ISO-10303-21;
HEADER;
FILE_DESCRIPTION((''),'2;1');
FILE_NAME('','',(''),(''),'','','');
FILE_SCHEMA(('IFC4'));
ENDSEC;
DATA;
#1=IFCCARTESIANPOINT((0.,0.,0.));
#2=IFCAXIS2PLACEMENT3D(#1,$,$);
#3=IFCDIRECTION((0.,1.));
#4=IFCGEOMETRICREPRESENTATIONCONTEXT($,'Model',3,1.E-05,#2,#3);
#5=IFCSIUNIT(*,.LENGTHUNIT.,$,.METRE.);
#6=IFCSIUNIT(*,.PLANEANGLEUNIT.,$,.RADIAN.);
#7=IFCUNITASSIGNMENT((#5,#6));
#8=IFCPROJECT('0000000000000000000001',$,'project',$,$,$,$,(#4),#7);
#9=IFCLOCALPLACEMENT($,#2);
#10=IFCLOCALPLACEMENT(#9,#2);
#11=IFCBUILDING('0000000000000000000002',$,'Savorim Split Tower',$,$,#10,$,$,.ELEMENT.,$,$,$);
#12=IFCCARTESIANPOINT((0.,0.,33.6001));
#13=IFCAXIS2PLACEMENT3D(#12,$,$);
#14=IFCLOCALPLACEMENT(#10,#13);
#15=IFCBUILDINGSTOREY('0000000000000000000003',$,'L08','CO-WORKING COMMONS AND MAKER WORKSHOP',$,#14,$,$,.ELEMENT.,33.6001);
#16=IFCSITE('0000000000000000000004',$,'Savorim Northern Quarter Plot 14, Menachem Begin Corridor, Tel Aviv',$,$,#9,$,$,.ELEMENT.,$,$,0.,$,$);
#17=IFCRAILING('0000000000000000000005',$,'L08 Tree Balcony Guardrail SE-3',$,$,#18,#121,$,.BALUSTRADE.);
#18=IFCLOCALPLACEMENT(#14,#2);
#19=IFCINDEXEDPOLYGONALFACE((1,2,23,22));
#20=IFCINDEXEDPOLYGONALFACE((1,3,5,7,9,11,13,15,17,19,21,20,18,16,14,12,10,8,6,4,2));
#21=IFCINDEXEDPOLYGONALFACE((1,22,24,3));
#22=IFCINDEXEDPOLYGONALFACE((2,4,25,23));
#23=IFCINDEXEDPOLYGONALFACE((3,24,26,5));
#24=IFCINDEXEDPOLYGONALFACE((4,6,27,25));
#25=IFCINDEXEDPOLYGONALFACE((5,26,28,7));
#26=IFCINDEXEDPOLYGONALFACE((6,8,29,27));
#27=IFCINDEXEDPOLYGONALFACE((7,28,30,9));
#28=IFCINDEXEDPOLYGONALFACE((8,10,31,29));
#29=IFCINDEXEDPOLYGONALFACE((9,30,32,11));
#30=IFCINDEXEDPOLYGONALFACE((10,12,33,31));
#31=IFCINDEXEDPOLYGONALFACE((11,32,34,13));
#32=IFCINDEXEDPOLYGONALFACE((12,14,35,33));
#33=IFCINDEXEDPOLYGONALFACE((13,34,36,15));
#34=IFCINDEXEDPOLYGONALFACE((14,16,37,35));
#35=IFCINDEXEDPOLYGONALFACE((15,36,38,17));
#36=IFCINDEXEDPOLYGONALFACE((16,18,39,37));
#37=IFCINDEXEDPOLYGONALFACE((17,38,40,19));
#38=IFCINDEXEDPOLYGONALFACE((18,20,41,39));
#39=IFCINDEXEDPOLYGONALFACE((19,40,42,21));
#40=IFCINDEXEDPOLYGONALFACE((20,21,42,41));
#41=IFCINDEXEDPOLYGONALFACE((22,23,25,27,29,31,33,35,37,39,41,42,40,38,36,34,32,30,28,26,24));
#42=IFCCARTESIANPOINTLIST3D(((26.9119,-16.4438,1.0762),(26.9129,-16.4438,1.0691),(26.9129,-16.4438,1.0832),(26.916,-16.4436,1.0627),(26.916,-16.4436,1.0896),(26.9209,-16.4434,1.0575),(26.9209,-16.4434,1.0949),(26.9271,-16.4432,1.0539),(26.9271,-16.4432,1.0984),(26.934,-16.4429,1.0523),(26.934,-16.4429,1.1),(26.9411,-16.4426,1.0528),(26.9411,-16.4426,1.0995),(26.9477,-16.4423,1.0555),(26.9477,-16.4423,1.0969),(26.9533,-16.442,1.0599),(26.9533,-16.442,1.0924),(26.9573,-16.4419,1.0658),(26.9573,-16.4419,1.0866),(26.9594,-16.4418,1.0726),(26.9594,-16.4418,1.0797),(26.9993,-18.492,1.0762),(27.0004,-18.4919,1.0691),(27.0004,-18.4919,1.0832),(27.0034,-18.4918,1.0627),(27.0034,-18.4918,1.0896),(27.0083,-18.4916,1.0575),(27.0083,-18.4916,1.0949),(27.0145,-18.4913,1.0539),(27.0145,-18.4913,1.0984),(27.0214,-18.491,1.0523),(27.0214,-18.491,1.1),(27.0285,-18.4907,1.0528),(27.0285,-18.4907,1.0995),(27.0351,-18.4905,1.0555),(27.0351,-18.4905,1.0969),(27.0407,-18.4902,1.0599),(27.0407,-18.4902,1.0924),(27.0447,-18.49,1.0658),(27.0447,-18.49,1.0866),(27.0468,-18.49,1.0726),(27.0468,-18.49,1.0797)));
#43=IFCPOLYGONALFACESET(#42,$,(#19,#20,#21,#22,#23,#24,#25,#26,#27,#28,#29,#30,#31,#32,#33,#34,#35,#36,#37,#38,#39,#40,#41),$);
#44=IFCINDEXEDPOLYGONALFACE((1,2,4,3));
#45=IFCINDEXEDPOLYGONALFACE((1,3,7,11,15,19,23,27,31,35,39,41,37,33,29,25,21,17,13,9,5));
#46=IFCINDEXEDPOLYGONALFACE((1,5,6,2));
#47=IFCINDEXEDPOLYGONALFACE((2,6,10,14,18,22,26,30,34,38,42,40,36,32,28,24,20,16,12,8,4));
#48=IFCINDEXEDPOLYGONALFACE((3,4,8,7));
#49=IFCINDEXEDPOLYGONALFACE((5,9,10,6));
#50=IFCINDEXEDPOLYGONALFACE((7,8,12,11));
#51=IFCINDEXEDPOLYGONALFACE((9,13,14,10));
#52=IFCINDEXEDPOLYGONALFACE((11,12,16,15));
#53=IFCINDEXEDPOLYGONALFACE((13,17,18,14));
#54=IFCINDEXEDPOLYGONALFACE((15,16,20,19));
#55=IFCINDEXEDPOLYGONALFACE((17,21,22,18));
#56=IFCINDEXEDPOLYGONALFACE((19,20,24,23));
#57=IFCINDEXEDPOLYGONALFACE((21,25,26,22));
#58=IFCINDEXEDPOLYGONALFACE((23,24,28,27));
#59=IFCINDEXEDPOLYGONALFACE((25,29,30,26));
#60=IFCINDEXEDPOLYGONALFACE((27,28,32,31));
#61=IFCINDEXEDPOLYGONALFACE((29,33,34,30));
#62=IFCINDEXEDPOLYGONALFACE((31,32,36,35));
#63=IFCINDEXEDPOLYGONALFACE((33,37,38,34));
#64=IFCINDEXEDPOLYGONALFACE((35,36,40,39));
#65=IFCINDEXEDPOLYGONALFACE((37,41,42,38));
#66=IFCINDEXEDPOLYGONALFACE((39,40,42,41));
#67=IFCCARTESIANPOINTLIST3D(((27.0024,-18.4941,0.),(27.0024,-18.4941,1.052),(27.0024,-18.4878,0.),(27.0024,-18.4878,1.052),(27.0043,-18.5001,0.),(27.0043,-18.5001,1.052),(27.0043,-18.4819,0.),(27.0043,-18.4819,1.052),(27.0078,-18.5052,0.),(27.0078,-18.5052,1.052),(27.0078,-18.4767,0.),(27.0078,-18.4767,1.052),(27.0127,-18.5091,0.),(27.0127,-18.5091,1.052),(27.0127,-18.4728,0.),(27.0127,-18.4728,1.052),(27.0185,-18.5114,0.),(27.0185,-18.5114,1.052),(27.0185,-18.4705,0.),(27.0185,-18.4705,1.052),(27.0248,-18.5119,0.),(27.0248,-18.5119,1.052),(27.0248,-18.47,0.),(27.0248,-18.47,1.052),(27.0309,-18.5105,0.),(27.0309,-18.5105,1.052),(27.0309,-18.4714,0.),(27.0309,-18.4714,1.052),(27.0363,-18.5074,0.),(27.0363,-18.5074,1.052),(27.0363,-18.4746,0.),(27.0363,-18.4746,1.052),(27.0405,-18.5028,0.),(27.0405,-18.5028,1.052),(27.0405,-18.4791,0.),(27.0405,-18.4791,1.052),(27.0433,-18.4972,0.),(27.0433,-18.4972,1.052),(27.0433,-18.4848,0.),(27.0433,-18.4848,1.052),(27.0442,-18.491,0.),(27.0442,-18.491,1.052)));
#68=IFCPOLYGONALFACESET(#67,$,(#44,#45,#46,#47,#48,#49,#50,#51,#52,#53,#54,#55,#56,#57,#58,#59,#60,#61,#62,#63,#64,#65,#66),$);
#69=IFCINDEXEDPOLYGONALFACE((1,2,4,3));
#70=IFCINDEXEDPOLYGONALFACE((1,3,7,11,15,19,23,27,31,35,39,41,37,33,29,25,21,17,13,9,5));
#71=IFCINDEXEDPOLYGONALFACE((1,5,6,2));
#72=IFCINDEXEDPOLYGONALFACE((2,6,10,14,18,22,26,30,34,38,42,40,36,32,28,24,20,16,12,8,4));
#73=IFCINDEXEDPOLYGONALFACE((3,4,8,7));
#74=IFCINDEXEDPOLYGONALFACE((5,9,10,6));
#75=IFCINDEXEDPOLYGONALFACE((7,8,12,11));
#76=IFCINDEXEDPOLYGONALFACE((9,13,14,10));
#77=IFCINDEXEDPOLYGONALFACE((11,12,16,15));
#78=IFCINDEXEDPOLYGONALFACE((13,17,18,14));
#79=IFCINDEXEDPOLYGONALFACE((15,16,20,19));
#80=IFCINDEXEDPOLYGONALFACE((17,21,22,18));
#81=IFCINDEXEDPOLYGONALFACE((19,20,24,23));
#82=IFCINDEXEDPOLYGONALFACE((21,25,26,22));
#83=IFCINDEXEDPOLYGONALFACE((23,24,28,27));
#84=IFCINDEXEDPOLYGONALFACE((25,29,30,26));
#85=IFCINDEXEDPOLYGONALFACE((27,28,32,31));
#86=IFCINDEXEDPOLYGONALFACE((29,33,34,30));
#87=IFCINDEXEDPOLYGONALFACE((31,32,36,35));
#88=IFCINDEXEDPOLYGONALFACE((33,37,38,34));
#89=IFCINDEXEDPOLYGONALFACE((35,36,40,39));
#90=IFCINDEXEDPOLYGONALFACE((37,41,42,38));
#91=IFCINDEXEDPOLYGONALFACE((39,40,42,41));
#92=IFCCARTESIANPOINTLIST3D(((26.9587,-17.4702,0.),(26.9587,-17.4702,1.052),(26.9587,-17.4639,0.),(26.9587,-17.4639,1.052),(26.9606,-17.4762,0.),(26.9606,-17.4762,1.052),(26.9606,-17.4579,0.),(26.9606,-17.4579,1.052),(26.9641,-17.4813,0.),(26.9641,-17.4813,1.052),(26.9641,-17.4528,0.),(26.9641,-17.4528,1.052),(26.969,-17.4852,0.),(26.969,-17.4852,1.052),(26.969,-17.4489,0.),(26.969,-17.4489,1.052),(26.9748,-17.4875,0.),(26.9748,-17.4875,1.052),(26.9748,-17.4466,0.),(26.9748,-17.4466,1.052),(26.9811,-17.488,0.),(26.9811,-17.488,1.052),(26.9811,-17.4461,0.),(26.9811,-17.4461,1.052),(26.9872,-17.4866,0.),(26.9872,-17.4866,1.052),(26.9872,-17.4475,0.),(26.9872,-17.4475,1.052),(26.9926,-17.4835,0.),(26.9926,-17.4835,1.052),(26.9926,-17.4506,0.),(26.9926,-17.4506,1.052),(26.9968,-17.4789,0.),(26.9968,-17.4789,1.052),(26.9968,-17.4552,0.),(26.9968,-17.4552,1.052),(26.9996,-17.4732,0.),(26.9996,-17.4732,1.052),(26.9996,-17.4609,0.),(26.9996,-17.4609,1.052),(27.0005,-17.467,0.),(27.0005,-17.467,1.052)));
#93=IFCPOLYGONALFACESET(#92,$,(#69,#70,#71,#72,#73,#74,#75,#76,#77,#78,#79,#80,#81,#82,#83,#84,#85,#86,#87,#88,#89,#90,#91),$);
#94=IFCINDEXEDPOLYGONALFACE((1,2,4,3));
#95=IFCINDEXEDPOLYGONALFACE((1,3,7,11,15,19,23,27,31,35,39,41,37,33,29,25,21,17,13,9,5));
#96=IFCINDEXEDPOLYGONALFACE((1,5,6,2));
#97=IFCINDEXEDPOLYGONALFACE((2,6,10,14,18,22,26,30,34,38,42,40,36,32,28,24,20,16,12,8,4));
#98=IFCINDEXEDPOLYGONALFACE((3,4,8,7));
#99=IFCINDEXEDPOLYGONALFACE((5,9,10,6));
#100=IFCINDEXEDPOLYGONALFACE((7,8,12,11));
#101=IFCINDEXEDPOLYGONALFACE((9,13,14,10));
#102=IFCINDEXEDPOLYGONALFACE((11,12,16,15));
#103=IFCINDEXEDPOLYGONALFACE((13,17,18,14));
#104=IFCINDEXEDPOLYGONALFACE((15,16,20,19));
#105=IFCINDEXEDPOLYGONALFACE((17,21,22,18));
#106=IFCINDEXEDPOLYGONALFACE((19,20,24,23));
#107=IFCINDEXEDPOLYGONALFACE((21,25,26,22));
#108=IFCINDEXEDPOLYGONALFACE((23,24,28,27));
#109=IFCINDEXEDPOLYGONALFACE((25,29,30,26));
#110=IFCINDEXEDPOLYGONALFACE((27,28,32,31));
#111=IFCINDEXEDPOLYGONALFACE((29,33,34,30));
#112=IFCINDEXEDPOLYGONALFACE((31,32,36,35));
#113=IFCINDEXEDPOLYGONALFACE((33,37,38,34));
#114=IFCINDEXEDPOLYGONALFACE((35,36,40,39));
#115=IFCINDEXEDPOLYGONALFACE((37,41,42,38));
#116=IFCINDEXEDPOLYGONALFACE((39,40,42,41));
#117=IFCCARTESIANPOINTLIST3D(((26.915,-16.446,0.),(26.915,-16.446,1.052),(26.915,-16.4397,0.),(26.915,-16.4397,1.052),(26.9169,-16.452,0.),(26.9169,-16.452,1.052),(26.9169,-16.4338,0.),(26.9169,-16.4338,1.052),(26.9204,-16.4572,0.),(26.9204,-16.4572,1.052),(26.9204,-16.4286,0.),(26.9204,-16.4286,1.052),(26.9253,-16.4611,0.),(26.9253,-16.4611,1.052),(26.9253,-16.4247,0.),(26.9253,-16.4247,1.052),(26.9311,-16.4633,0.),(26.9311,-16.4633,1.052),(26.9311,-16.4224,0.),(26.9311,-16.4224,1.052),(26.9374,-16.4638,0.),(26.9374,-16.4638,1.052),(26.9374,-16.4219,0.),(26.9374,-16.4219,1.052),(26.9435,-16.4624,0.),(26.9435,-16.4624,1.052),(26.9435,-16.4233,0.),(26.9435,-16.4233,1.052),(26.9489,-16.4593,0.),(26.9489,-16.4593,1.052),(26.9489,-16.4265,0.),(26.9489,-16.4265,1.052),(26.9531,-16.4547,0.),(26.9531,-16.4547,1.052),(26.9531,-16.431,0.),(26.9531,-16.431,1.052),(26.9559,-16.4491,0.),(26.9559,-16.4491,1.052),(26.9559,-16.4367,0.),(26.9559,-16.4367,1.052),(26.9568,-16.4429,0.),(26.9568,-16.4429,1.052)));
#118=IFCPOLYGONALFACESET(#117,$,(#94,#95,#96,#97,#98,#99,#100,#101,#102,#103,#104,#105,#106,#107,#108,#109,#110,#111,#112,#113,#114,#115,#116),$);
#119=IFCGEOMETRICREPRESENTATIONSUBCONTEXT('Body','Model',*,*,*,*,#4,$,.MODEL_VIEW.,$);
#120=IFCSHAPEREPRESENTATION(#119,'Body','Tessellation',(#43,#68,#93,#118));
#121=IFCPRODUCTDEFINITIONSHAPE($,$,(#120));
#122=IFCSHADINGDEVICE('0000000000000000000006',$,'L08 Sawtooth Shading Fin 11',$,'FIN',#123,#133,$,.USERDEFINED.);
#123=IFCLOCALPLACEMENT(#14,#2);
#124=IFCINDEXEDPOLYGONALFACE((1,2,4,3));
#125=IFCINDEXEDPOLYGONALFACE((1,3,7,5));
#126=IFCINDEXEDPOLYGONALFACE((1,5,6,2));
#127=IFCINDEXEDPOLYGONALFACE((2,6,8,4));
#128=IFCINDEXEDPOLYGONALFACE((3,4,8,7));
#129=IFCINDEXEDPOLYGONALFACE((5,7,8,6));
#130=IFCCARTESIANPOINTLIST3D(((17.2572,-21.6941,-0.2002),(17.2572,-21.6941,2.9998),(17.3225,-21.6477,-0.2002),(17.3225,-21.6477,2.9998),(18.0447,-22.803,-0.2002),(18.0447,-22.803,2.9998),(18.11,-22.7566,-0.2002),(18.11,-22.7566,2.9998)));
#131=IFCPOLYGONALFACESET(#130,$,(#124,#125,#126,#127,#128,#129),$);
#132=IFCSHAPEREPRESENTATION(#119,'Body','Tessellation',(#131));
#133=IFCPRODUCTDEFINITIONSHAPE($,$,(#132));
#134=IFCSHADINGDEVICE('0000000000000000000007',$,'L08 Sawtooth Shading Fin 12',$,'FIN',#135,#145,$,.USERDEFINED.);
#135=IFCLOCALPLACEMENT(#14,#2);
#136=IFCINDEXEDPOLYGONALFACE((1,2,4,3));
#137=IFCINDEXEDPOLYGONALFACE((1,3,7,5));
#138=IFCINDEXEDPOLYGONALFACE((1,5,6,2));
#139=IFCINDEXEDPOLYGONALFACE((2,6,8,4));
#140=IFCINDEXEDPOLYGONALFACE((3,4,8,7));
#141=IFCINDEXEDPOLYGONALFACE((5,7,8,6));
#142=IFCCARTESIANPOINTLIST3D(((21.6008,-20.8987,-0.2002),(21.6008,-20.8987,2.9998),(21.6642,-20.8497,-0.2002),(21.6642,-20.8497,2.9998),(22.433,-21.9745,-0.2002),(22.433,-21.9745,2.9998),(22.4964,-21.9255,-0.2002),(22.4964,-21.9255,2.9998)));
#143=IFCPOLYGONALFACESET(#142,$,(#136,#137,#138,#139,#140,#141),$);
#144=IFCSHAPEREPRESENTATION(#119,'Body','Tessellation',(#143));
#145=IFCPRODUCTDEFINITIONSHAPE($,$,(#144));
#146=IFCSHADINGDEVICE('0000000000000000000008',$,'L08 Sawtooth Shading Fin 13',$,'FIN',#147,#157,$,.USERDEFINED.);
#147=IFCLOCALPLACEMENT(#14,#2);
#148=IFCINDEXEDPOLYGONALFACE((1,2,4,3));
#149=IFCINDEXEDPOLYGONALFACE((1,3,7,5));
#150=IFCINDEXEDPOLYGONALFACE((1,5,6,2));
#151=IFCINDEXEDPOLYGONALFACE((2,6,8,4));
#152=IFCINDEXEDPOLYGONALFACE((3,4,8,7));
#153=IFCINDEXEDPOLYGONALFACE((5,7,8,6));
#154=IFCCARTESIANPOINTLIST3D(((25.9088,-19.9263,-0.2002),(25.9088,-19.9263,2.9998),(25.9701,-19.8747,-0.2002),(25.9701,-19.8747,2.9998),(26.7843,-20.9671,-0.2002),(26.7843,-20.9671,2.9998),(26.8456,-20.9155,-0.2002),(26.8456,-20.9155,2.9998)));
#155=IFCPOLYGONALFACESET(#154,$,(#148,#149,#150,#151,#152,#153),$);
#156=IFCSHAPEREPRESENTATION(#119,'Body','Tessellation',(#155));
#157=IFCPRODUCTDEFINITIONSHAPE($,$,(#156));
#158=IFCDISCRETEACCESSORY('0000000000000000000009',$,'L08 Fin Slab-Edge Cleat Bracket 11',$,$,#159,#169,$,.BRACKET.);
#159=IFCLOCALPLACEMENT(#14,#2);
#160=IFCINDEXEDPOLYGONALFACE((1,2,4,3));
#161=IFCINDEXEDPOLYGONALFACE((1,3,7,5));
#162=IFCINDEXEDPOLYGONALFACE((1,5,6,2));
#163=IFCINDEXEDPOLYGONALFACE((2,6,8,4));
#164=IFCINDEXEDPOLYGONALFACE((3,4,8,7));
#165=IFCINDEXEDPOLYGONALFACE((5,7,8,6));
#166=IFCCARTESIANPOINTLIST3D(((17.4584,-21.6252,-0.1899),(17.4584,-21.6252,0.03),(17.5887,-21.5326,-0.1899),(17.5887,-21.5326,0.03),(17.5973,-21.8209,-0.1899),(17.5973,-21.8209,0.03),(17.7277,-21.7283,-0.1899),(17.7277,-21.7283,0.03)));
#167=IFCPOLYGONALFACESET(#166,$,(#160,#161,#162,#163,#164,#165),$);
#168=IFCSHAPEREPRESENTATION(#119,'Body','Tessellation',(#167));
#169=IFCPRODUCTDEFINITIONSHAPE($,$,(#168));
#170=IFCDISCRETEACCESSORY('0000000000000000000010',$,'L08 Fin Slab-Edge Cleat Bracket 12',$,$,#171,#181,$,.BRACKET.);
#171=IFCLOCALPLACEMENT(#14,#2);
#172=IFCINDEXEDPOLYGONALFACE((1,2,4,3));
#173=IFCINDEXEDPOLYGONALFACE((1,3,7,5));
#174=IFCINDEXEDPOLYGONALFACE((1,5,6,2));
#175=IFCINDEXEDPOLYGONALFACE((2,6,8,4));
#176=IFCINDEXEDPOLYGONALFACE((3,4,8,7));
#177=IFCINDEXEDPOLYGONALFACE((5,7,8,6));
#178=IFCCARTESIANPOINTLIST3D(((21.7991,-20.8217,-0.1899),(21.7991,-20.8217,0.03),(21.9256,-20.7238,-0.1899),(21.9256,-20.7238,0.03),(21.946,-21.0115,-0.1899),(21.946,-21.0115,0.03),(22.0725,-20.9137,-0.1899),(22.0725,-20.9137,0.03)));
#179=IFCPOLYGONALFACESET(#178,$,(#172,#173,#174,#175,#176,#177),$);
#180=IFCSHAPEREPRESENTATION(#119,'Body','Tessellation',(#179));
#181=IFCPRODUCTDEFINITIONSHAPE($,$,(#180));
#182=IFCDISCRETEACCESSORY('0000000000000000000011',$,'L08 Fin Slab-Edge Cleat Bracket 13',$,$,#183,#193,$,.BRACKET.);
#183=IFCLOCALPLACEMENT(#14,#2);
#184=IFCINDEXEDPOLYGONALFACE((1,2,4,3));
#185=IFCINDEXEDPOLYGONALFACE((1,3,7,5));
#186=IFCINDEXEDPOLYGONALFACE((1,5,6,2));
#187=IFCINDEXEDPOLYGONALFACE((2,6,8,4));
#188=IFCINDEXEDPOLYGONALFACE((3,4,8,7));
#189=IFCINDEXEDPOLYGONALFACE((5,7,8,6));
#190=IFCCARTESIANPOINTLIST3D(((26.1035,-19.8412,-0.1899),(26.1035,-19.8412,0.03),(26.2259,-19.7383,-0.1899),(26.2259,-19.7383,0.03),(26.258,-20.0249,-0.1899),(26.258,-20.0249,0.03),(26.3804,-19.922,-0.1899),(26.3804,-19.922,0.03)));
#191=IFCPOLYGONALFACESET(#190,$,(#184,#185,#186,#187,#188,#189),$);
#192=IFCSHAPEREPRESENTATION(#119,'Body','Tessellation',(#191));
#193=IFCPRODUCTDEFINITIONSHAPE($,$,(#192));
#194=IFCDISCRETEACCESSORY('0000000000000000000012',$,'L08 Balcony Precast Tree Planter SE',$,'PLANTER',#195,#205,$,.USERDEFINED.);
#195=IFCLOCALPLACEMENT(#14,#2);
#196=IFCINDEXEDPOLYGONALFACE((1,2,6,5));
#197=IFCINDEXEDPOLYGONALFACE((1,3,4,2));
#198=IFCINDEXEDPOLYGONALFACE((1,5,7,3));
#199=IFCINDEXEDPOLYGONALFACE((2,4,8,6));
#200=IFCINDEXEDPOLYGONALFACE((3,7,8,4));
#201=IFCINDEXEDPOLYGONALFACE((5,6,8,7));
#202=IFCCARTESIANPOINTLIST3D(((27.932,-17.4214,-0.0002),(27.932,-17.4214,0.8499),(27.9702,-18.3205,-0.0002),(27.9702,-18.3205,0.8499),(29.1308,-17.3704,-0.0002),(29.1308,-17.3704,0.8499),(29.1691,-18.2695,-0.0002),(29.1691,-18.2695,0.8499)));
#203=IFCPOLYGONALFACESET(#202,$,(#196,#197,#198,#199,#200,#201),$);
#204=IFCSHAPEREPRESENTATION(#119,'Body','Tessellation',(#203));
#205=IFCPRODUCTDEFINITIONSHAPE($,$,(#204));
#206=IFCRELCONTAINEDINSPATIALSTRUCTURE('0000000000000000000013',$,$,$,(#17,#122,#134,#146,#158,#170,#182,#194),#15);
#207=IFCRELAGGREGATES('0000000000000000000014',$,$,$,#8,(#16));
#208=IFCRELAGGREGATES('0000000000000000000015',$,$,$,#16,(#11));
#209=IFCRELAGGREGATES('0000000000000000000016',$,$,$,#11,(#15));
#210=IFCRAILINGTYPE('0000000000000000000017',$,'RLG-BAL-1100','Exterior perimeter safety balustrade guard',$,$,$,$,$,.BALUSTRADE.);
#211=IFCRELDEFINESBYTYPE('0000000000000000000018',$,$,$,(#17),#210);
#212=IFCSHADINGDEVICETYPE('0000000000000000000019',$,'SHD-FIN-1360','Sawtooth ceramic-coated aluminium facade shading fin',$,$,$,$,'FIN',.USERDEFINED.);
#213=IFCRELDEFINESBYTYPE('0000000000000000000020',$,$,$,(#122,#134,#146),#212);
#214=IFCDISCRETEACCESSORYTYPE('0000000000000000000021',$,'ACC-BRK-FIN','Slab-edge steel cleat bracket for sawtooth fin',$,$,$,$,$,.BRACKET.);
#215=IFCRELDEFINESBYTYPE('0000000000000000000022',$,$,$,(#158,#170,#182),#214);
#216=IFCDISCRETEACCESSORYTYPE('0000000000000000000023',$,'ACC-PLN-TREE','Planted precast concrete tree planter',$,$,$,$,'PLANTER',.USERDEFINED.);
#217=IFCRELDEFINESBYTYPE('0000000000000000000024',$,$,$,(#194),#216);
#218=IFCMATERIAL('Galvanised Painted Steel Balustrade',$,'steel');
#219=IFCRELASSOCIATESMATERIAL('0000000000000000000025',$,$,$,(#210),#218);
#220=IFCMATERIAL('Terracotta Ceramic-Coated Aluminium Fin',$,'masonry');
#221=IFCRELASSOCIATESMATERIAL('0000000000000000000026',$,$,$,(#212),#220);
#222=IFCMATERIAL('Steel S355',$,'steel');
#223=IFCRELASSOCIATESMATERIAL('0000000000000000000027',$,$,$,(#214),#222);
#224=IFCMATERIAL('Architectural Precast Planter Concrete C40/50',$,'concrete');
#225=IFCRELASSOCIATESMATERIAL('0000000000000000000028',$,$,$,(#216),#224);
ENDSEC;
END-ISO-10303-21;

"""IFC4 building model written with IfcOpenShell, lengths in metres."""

from ifc_helpers import new_model, si_unit, direction, frame, origin, origin_2d, place, context, subcontext, project, spatial, rectangle, circle, extrude, material, type_object, element, save


model = new_model("IFC4")

# Units and contexts
model_context = context("Model", 3, precision=1e-05, world=origin(), true_north=direction((0.0, 1.0)))
body_context = subcontext(model_context, "Body", "Model", "MODEL_VIEW")
ifc_project = project(units=[si_unit("LENGTHUNIT", "METRE"), si_unit("PLANEANGLEUNIT", "RADIAN")], contexts=[model_context])

# Site, building, storey
site_placement = place(None, origin())
site = spatial("IfcSite", under=ifc_project, at=site_placement, Name="Savorim Northern Quarter Plot 14, Menachem Begin Corridor, Tel Aviv", CompositionType="ELEMENT", RefElevation=0.0)
building_placement = place(site_placement, origin())
building = spatial("IfcBuilding", under=site, at=building_placement, Name="Savorim Split Tower", CompositionType="ELEMENT")
storey_placement = place(building_placement, frame((0.0, 0.0, 33.6001)))
storey = spatial("IfcBuildingStorey", under=building, at=storey_placement, Name="L08", Description="CO-WORKING COMMONS AND MAKER WORKSHOP", CompositionType="ELEMENT", Elevation=33.6001)

# Shared definitions
ifc_material_1 = material(Name="Steel S355", Category="steel")

# Railing
ifc_material_2 = material(Name="Galvanised Painted Steel Balustrade", Category="steel")
railing_type = type_object("IfcRailingType", Name="RLG-BAL-1100", Description="Exterior perimeter safety balustrade guard", PredefinedType="BALUSTRADE", material=ifc_material_2)
railing_1_placement = place(storey_placement, frame((27.0232, -18.491, 0.0)))
element("IfcRailing", 1, at=railing_1_placement, inside=storey, type_object=railing_type, Name="L08 Tree Balcony Guardrail SE-3", PredefinedType="BALUSTRADE", context=body_context, shape_type="SweptSolid", body=[
    extrude(circle(Radius=0.0239, at=origin_2d()), frame((0.0, 0.0, 1.0762), z_axis=(-0.042636, 0.999091, 0.0), x_axis=(-0.999091, -0.042636, 0.0)), (0.0, 0.0, 1.0), 2.05),
    extrude(circle(Radius=0.021, at=origin_2d()), origin(), (0.0, 0.0, 1.0), 1.052),
    extrude(circle(Radius=0.021, at=origin_2d()), frame((-0.0437, 1.0239, 0.0)), (0.0, 0.0, 1.0), 1.052),
    extrude(circle(Radius=0.021, at=origin_2d()), frame((-0.0874, 2.0481, 0.0)), (0.0, 0.0, 1.0), 1.052),
])

# Shading devices
ifc_material_3 = material(Name="Terracotta Ceramic-Coated Aluminium Fin", Category="masonry")
shading_device_type = type_object("IfcShadingDeviceType", Name="SHD-FIN-1360", Description="Sawtooth ceramic-coated aluminium facade shading fin", ElementType="FIN", PredefinedType="USERDEFINED", material=ifc_material_3)
for number, where, z_axis, x_axis, name in (
    (2, (17.6836, -22.2253, -0.2002), (0.0, 0.0, 1.0), (0.578994, -0.815332, 0.0), "L08 Sawtooth Shading Fin 11"),
    (3, (22.0486, -21.4121, -0.2002), (0.0, 0.0, 1.0), (0.611868, -0.79096, 0.0), "L08 Sawtooth Shading Fin 12"),
    (4, (26.3772, -20.4209, -0.2002), (0.0, 0.0, 1.0), (0.643719, -0.765262, 0.0), "L08 Sawtooth Shading Fin 13"),
):
    element("IfcShadingDevice", number, at=place(storey_placement, frame(where, z_axis=z_axis, x_axis=x_axis)), inside=storey, type_object=shading_device_type, Name=name, ObjectType="FIN", PredefinedType="USERDEFINED", context=body_context, shape_type="SweptSolid", body=[
        extrude(rectangle(XDim=1.3601, YDim=0.0801, at=origin_2d()), origin(), (0.0, 0.0, 1.0), 3.2),
    ])

# Discrete accessories
discrete_accessory_type_1 = type_object("IfcDiscreteAccessoryType", Name="ACC-BRK-FIN", Description="Slab-edge steel cleat bracket for sawtooth fin", PredefinedType="BRACKET", material=ifc_material_1)
for number, where, z_axis, x_axis, name in (
    (5, (17.593, -21.6768, -0.1899), (0.0, 0.0, 1.0), (0.578994, -0.815332, 0.0), "L08 Fin Slab-Edge Cleat Bracket 11"),
    (6, (21.9358, -20.8677, -0.1899), (0.0, 0.0, 1.0), (0.611868, -0.79096, 0.0), "L08 Fin Slab-Edge Cleat Bracket 12"),
    (7, (26.2419, -19.8816, -0.1899), (0.0, 0.0, 1.0), (0.643719, -0.765262, 0.0), "L08 Fin Slab-Edge Cleat Bracket 13"),
):
    element("IfcDiscreteAccessory", number, at=place(storey_placement, frame(where, z_axis=z_axis, x_axis=x_axis)), inside=storey, type_object=discrete_accessory_type_1, Name=name, PredefinedType="BRACKET", context=body_context, shape_type="SweptSolid", body=[
        extrude(rectangle(XDim=0.24, YDim=0.1599, at=origin_2d()), origin(), (0.0, 0.0, 1.0), 0.22),
    ])
ifc_material_4 = material(Name="Architectural Precast Planter Concrete C40/50", Category="concrete")
discrete_accessory_type_2 = type_object("IfcDiscreteAccessoryType", Name="ACC-PLN-TREE", Description="Planted precast concrete tree planter", ElementType="PLANTER", PredefinedType="USERDEFINED", material=ifc_material_4)
discrete_accessory_placement = place(storey_placement, frame((28.5505, -17.8455, -0.0002), z_axis=(0.0, 0.0, 1.0), x_axis=(0.999096, 0.042514, 0.0)))
element("IfcDiscreteAccessory", 8, at=discrete_accessory_placement, inside=storey, type_object=discrete_accessory_type_2, Name="L08 Balcony Precast Tree Planter SE", ObjectType="PLANTER", PredefinedType="USERDEFINED", context=body_context, shape_type="SweptSolid", body=[
    extrude(rectangle(XDim=1.2, YDim=0.8999, at=origin_2d()), origin(), (0.0, 0.0, 1.0), 0.8501),
])

save(model, "model.ifc")
